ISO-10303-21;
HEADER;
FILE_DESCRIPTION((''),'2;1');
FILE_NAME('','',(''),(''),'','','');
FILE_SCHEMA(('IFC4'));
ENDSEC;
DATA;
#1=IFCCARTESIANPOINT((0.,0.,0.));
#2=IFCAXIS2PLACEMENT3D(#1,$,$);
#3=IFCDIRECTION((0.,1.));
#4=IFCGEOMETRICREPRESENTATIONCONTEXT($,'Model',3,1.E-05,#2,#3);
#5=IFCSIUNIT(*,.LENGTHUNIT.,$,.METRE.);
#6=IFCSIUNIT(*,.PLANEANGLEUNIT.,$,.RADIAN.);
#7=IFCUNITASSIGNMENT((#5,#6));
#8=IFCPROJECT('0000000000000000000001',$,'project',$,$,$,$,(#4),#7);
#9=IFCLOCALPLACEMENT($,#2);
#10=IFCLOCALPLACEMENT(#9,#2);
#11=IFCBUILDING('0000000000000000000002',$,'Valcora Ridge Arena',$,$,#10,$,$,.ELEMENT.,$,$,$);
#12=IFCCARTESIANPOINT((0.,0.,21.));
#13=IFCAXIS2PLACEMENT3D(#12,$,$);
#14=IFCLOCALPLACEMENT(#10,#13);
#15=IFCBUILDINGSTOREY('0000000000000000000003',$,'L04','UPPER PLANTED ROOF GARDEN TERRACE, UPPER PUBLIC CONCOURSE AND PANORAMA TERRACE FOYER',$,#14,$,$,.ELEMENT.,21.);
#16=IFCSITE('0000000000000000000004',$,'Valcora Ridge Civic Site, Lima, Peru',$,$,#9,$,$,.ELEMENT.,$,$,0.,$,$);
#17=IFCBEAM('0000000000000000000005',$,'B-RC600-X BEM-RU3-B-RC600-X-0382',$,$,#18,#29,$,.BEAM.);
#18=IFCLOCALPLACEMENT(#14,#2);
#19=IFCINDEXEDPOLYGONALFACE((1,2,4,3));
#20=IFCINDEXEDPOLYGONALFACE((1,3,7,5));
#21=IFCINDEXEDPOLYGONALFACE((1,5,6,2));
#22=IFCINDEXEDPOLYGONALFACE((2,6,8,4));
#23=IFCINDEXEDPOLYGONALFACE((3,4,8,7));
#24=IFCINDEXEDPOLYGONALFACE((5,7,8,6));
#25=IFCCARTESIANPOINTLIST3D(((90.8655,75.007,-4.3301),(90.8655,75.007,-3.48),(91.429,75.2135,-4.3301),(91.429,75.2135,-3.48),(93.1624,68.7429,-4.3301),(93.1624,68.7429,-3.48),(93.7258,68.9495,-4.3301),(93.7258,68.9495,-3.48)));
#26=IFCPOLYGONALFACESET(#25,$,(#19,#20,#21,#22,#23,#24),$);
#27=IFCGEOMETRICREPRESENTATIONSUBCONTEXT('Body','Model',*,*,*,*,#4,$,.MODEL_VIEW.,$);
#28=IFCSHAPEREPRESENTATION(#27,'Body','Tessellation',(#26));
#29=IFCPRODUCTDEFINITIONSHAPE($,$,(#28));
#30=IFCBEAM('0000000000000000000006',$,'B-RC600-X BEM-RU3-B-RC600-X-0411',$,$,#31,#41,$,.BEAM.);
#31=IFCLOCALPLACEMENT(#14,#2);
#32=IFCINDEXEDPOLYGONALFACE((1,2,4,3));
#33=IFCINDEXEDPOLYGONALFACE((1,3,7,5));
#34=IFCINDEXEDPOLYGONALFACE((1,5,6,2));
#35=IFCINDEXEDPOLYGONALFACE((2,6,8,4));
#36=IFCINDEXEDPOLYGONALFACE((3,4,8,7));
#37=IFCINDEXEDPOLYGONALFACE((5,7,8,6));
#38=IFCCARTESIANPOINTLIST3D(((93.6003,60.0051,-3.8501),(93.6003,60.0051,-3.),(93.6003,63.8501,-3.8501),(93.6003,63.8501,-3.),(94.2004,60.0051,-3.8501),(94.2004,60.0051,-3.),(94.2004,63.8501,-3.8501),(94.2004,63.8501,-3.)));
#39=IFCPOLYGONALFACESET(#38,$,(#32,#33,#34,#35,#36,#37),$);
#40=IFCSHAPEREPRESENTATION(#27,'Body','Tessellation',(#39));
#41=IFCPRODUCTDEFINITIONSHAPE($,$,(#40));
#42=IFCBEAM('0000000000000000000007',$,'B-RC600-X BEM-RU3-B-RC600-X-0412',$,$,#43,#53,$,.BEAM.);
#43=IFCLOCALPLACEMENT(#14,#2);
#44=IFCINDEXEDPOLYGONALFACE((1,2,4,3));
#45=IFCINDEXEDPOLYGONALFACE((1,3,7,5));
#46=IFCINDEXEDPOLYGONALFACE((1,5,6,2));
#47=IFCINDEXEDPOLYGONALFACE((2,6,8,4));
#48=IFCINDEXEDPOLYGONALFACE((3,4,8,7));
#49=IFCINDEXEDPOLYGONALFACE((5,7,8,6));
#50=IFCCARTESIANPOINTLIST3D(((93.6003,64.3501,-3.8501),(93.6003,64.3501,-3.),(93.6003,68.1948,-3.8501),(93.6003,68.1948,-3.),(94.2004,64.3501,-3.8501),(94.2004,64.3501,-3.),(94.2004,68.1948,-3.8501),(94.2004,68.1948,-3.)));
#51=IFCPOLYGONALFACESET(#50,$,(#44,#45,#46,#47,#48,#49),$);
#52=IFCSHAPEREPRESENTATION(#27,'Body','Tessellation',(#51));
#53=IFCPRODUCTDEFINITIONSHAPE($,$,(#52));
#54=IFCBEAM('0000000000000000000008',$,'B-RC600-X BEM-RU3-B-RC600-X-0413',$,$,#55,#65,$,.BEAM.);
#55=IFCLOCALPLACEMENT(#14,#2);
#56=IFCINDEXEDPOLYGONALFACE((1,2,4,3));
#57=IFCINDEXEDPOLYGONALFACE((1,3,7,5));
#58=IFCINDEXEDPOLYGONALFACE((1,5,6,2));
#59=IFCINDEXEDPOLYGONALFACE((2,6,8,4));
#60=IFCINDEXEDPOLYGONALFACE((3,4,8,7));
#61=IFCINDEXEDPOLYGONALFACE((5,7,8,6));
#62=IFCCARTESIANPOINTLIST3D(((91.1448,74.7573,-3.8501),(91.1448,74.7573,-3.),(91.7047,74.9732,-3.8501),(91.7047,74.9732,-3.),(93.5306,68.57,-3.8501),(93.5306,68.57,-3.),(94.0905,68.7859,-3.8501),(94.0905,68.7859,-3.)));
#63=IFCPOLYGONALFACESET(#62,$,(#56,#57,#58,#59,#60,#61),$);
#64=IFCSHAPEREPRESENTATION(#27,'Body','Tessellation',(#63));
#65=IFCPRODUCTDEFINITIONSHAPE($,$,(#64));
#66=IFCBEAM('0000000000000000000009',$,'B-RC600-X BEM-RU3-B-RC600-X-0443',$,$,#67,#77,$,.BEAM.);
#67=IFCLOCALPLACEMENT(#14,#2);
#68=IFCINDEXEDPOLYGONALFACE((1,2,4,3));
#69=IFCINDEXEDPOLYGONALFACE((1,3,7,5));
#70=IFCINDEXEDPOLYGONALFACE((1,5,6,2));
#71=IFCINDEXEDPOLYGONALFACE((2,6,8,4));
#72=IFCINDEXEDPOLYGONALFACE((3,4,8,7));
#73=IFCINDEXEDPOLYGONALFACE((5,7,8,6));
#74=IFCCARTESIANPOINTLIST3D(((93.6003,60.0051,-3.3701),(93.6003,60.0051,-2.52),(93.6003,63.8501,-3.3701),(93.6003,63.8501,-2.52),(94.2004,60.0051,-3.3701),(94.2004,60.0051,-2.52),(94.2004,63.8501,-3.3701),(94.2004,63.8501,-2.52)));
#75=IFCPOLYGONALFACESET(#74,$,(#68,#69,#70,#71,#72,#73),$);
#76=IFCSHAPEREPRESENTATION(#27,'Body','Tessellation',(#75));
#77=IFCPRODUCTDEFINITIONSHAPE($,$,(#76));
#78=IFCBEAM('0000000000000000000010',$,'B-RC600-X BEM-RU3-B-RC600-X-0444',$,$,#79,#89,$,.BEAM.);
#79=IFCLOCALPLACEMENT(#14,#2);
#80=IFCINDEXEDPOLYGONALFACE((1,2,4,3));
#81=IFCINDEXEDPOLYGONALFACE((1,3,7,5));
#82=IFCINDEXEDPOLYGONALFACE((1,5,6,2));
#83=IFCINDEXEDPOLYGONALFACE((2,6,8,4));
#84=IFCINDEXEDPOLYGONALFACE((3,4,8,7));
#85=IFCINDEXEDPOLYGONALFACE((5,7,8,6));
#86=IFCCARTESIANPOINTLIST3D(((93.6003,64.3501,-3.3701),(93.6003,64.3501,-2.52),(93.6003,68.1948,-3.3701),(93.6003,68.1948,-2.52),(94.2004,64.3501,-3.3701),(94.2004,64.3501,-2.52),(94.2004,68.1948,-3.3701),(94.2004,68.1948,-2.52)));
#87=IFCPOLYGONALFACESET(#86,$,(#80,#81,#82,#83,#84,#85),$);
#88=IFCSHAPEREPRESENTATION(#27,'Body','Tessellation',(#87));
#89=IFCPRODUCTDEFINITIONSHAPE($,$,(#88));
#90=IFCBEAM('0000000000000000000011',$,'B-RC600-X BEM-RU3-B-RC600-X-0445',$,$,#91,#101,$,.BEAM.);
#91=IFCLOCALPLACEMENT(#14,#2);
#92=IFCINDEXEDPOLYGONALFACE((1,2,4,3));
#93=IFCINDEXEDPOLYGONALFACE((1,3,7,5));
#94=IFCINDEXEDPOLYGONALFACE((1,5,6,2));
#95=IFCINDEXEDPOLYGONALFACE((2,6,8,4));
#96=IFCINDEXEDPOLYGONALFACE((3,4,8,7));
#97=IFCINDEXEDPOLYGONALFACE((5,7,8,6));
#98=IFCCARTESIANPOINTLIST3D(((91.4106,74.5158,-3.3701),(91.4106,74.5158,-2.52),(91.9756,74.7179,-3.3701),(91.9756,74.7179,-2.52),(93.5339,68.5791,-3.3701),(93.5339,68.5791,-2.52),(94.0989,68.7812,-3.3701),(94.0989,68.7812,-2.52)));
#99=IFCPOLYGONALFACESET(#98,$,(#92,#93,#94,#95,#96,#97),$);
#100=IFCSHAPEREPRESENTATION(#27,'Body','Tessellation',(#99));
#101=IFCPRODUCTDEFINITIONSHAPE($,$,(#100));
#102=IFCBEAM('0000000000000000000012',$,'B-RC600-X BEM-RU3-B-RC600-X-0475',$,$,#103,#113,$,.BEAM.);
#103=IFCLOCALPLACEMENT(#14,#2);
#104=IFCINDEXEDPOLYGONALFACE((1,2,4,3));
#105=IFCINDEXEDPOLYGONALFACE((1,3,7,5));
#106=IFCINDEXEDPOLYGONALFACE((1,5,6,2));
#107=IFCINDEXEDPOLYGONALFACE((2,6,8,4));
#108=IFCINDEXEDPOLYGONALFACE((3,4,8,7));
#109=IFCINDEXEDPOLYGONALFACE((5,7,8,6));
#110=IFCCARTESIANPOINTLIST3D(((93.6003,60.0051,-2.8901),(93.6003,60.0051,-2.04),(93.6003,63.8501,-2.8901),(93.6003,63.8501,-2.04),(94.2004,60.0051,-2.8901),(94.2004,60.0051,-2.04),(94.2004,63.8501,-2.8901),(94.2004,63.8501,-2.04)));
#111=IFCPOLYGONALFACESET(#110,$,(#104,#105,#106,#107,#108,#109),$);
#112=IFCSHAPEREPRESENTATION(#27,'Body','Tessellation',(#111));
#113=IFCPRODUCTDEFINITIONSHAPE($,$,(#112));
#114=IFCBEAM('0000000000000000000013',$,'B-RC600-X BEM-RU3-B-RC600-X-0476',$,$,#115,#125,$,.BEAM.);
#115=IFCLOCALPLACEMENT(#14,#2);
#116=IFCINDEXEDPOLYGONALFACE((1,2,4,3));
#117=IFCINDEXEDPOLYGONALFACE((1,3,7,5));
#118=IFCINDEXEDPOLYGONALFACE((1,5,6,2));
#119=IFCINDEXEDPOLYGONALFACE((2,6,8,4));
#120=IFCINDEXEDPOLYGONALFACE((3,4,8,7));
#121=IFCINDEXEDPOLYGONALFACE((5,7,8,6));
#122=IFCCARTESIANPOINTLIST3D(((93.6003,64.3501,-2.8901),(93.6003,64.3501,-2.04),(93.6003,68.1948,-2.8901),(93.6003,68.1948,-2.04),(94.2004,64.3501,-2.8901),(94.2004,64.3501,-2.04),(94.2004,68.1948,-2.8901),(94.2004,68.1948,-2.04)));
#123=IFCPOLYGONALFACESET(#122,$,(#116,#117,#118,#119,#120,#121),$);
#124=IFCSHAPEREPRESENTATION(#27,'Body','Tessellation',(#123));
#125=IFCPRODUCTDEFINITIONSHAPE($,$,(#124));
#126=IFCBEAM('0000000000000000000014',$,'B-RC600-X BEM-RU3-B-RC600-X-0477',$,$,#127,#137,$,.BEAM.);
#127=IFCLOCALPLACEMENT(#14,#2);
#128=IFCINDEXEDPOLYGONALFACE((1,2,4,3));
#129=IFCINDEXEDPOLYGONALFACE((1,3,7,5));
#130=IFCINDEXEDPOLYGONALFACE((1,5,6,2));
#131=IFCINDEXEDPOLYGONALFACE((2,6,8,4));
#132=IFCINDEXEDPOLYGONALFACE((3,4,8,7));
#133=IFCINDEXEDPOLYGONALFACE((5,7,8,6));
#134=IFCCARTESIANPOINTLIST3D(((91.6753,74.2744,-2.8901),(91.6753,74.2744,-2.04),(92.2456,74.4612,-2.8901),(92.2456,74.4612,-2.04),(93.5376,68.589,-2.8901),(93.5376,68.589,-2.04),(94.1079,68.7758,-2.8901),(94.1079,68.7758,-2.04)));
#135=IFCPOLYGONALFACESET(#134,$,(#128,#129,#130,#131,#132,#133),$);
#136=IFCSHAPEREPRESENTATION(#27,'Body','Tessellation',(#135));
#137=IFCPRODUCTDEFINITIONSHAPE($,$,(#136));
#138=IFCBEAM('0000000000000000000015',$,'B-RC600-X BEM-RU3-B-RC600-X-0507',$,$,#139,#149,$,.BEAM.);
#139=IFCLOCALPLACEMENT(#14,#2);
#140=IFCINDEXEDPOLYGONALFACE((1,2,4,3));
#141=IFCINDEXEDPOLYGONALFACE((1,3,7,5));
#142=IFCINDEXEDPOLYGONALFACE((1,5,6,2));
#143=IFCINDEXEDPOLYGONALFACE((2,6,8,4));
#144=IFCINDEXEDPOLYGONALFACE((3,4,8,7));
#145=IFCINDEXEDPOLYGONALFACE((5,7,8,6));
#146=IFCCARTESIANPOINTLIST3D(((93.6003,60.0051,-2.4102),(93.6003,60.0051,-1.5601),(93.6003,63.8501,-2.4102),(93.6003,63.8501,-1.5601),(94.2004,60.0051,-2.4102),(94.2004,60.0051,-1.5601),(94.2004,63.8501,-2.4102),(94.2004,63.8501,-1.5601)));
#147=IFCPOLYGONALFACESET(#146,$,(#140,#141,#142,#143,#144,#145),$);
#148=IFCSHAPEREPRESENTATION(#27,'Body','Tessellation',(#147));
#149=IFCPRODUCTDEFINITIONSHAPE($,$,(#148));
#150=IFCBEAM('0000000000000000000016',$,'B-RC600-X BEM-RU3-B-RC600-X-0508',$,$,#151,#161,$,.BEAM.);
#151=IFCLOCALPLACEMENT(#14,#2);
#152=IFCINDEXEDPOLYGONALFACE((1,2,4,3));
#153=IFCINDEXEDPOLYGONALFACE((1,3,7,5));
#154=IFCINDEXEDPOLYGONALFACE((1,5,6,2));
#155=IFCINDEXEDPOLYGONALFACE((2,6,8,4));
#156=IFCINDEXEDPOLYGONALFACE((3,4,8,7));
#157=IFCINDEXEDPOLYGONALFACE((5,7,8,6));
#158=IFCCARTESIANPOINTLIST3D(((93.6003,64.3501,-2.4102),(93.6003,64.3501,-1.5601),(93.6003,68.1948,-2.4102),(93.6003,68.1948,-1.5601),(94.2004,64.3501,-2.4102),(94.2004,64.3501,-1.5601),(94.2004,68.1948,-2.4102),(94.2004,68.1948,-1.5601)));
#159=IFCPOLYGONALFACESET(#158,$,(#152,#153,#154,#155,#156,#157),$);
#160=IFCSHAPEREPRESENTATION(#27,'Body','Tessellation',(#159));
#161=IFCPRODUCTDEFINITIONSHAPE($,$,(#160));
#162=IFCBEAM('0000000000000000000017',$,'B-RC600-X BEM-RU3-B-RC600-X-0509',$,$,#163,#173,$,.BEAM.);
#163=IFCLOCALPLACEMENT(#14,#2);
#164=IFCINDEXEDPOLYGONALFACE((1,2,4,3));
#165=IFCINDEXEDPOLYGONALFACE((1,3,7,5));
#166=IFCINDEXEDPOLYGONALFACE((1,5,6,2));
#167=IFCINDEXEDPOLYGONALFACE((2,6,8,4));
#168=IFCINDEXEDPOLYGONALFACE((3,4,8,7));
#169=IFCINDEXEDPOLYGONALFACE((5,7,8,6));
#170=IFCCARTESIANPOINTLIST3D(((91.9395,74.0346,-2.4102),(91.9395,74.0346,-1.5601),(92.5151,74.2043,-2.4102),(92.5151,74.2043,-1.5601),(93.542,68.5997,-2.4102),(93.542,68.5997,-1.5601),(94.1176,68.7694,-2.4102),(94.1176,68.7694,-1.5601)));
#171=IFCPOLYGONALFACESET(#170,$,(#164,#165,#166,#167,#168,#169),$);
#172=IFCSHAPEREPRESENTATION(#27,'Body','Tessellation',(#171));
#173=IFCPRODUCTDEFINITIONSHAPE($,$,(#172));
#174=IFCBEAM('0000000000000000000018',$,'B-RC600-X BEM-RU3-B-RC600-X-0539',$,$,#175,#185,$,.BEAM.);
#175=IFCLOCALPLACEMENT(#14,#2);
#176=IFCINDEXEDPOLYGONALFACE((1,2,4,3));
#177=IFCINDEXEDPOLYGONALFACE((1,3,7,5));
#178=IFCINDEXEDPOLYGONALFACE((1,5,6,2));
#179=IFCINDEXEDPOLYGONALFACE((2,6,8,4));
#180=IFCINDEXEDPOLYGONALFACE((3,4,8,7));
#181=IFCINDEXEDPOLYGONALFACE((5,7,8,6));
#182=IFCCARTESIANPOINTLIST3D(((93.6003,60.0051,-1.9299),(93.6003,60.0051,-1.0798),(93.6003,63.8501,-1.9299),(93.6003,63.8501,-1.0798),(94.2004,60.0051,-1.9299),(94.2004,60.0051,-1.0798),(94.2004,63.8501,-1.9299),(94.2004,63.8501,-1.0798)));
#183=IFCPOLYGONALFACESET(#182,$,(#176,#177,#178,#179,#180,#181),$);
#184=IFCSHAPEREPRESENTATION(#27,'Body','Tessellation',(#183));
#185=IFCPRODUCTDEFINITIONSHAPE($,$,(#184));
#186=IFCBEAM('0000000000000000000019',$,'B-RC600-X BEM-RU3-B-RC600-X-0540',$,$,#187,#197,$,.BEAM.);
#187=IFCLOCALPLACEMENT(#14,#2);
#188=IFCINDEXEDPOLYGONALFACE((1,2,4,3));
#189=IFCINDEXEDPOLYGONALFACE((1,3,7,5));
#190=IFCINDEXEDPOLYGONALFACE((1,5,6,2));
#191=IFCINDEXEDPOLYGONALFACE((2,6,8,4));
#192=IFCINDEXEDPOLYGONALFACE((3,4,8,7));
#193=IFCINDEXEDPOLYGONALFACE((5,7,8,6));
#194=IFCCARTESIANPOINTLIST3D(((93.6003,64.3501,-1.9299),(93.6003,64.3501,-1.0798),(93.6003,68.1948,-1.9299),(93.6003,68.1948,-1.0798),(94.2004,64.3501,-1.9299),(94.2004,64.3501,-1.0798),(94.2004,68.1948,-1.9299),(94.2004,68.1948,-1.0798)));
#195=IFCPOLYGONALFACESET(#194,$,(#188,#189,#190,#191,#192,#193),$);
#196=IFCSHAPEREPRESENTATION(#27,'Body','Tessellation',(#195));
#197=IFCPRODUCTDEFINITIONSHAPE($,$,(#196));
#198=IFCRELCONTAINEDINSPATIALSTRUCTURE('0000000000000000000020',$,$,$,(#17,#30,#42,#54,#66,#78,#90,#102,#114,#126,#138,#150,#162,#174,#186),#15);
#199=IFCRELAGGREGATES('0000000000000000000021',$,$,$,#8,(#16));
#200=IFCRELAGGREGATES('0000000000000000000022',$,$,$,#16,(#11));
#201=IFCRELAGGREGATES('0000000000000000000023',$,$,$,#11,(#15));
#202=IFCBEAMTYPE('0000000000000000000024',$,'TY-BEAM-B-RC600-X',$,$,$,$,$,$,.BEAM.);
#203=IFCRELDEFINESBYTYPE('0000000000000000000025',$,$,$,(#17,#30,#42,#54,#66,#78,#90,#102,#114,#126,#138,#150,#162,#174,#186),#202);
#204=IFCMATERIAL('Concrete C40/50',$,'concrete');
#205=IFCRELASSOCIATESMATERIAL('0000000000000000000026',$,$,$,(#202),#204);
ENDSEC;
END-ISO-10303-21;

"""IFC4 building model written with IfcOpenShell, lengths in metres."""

from ifc_helpers import new_model, si_unit, direction, frame, origin, origin_2d, place, context, subcontext, project, spatial, rectangle, extrude, material, material_profile, profile_set, type_object, element, save


model = new_model("IFC4")

# Units and contexts
model_context = context("Model", 3, precision=1e-05, world=origin(), true_north=direction((0.0, 1.0)))
body_context = subcontext(model_context, "Body", "Model", "MODEL_VIEW")
ifc_project = project(units=[si_unit("LENGTHUNIT", "METRE"), si_unit("PLANEANGLEUNIT", "RADIAN")], contexts=[model_context])

# Site, building, storey
site_placement = place(None, origin())
site = spatial("IfcSite", under=ifc_project, at=site_placement, Name="Valcora Ridge Civic Site, Lima, Peru", CompositionType="ELEMENT", RefElevation=0.0)
building_placement = place(site_placement, origin())
building = spatial("IfcBuilding", under=site, at=building_placement, Name="Valcora Ridge Arena", CompositionType="ELEMENT")
storey_placement = place(building_placement, frame((0.0, 0.0, 21.0)))
storey = spatial("IfcBuildingStorey", under=building, at=storey_placement, Name="L04", Description="UPPER PLANTED ROOF GARDEN TERRACE, UPPER PUBLIC CONCOURSE AND PANORAMA TERRACE FOYER", CompositionType="ELEMENT", Elevation=21.0)

# Beams
ifc_material_1 = material(Name="Concrete C40/50", Category="concrete")
ifc_material_profile_1 = material_profile(ifc_material_1, rectangle(XDim=0.6001, YDim=0.8501, at=origin_2d()), Name="RC 600x850")
ifc_profile_set_1 = profile_set([ifc_material_profile_1], Name="Concrete C40/50")
beam_type_1 = type_object("IfcBeamType", Name="TY-BEAM-B-RC600-X", PredefinedType="BEAM", material=ifc_profile_set_1)
beam_1_placement = place(storey_placement, frame((93.4441, 68.8462, -3.905), z_axis=(-0.344257, 0.938876, 0.0), x_axis=(-0.938876, -0.344257, 0.0)))
element("IfcBeam", 1, at=beam_1_placement, inside=storey, type_object=beam_type_1, Name="B-RC600-X BEM-RU3-B-RC600-X-0382", PredefinedType="BEAM", context=body_context, shape_type="SweptSolid", body=[
    extrude(rectangle(XDim=0.6001, YDim=0.8501, at=origin_2d()), origin(), (0.0, 0.0, 1.0), 6.6719),
])
beam_2_placement = place(storey_placement, frame((93.9004, 60.0051, -3.425), z_axis=(0.0, 1.0, 0.0), x_axis=(-1.0, 0.0, 0.0)))
element("IfcBeam", 2, at=beam_2_placement, inside=storey, type_object=beam_type_1, Name="B-RC600-X BEM-RU3-B-RC600-X-0411", PredefinedType="BEAM", context=body_context, shape_type="SweptSolid", body=[
    extrude(rectangle(XDim=0.6001, YDim=0.8501, at=origin_2d()), origin(), (0.0, 0.0, 1.0), 3.845),
])
beam_3_placement = place(storey_placement, frame((93.9004, 64.3501, -3.425), z_axis=(0.0, 1.0, 0.0), x_axis=(-1.0, 0.0, 0.0)))
element("IfcBeam", 3, at=beam_3_placement, inside=storey, type_object=beam_type_1, Name="B-RC600-X BEM-RU3-B-RC600-X-0412", PredefinedType="BEAM", context=body_context, shape_type="SweptSolid", body=[
    extrude(rectangle(XDim=0.6001, YDim=0.8501, at=origin_2d()), origin(), (0.0, 0.0, 1.0), 3.8447),
])
beam_4_placement = place(storey_placement, frame((93.8105, 68.678, -3.425), z_axis=(-0.359771, 0.933041, 0.0), x_axis=(-0.933041, -0.359771, 0.0)))
element("IfcBeam", 4, at=beam_4_placement, inside=storey, type_object=beam_type_1, Name="B-RC600-X BEM-RU3-B-RC600-X-0413", PredefinedType="BEAM", context=body_context, shape_type="SweptSolid", body=[
    extrude(rectangle(XDim=0.6001, YDim=0.8501, at=origin_2d()), origin(), (0.0, 0.0, 1.0), 6.6313),
])
beam_5_placement = place(storey_placement, frame((93.9004, 60.0051, -2.9451), z_axis=(0.0, 1.0, 0.0), x_axis=(-1.0, 0.0, 0.0)))
element("IfcBeam", 5, at=beam_5_placement, inside=storey, type_object=beam_type_1, Name="B-RC600-X BEM-RU3-B-RC600-X-0443", PredefinedType="BEAM", context=body_context, shape_type="SweptSolid", body=[
    extrude(rectangle(XDim=0.6001, YDim=0.8501, at=origin_2d()), origin(), (0.0, 0.0, 1.0), 3.845),
])
beam_6_placement = place(storey_placement, frame((93.9004, 64.3501, -2.9451), z_axis=(0.0, 1.0, 0.0), x_axis=(-1.0, 0.0, 0.0)))
element("IfcBeam", 6, at=beam_6_placement, inside=storey, type_object=beam_type_1, Name="B-RC600-X BEM-RU3-B-RC600-X-0444", PredefinedType="BEAM", context=body_context, shape_type="SweptSolid", body=[
    extrude(rectangle(XDim=0.6001, YDim=0.8501, at=origin_2d()), origin(), (0.0, 0.0, 1.0), 3.8447),
])
beam_7_placement = place(storey_placement, frame((93.8164, 68.6802, -2.9451), z_axis=(-0.336773, 0.941586, 0.0), x_axis=(-0.941586, -0.336773, 0.0)))
element("IfcBeam", 7, at=beam_7_placement, inside=storey, type_object=beam_type_1, Name="B-RC600-X BEM-RU3-B-RC600-X-0445", PredefinedType="BEAM", context=body_context, shape_type="SweptSolid", body=[
    extrude(rectangle(XDim=0.6001, YDim=0.8501, at=origin_2d()), origin(), (0.0, 0.0, 1.0), 6.3049),
])
beam_8_placement = place(storey_placement, frame((93.9004, 60.0051, -2.4651), z_axis=(0.0, 1.0, 0.0), x_axis=(-1.0, 0.0, 0.0)))
element("IfcBeam", 8, at=beam_8_placement, inside=storey, type_object=beam_type_1, Name="B-RC600-X BEM-RU3-B-RC600-X-0475", PredefinedType="BEAM", context=body_context, shape_type="SweptSolid", body=[
    extrude(rectangle(XDim=0.6001, YDim=0.8501, at=origin_2d()), origin(), (0.0, 0.0, 1.0), 3.845),
])
beam_9_placement = place(storey_placement, frame((93.9004, 64.3501, -2.4651), z_axis=(0.0, 1.0, 0.0), x_axis=(-1.0, 0.0, 0.0)))
element("IfcBeam", 9, at=beam_9_placement, inside=storey, type_object=beam_type_1, Name="B-RC600-X BEM-RU3-B-RC600-X-0476", PredefinedType="BEAM", context=body_context, shape_type="SweptSolid", body=[
    extrude(rectangle(XDim=0.6001, YDim=0.8501, at=origin_2d()), origin(), (0.0, 0.0, 1.0), 3.8447),
])
beam_10_placement = place(storey_placement, frame((93.8228, 68.6824, -2.4651), z_axis=(-0.311278, 0.950319, 0.0), x_axis=(-0.950319, -0.311278, 0.0)))
element("IfcBeam", 10, at=beam_10_placement, inside=storey, type_object=beam_type_1, Name="B-RC600-X BEM-RU3-B-RC600-X-0477", PredefinedType="BEAM", context=body_context, shape_type="SweptSolid", body=[
    extrude(rectangle(XDim=0.6001, YDim=0.8501, at=origin_2d()), origin(), (0.0, 0.0, 1.0), 5.9827),
])
beam_11_placement = place(storey_placement, frame((93.9004, 60.0051, -1.9851), z_axis=(0.0, 1.0, 0.0), x_axis=(-1.0, 0.0, 0.0)))
element("IfcBeam", 11, at=beam_11_placement, inside=storey, type_object=beam_type_1, Name="B-RC600-X BEM-RU3-B-RC600-X-0507", PredefinedType="BEAM", context=body_context, shape_type="SweptSolid", body=[
    extrude(rectangle(XDim=0.6001, YDim=0.8501, at=origin_2d()), origin(), (0.0, 0.0, 1.0), 3.845),
])
beam_12_placement = place(storey_placement, frame((93.9004, 64.3501, -1.9851), z_axis=(0.0, 1.0, 0.0), x_axis=(-1.0, 0.0, 0.0)))
element("IfcBeam", 12, at=beam_12_placement, inside=storey, type_object=beam_type_1, Name="B-RC600-X BEM-RU3-B-RC600-X-0508", PredefinedType="BEAM", context=body_context, shape_type="SweptSolid", body=[
    extrude(rectangle(XDim=0.6001, YDim=0.8501, at=origin_2d()), origin(), (0.0, 0.0, 1.0), 3.8447),
])
beam_13_placement = place(storey_placement, frame((93.8298, 68.6846, -1.9851), z_axis=(-0.282826, 0.959171, 0.0), x_axis=(-0.959171, -0.282826, 0.0)))
element("IfcBeam", 13, at=beam_13_placement, inside=storey, type_object=beam_type_1, Name="B-RC600-X BEM-RU3-B-RC600-X-0509", PredefinedType="BEAM", context=body_context, shape_type="SweptSolid", body=[
    extrude(rectangle(XDim=0.6001, YDim=0.8501, at=origin_2d()), origin(), (0.0, 0.0, 1.0), 5.6663),
])
beam_14_placement = place(storey_placement, frame((93.9004, 60.0051, -1.5049), z_axis=(0.0, 1.0, 0.0), x_axis=(-1.0, 0.0, 0.0)))
element("IfcBeam", 14, at=beam_14_placement, inside=storey, type_object=beam_type_1, Name="B-RC600-X BEM-RU3-B-RC600-X-0539", PredefinedType="BEAM", context=body_context, shape_type="SweptSolid", body=[
    extrude(rectangle(XDim=0.6001, YDim=0.8501, at=origin_2d()), origin(), (0.0, 0.0, 1.0), 3.845),
])
beam_15_placement = place(storey_placement, frame((93.9004, 64.3501, -1.5049), z_axis=(0.0, 1.0, 0.0), x_axis=(-1.0, 0.0, 0.0)))
element("IfcBeam", 15, at=beam_15_placement, inside=storey, type_object=beam_type_1, Name="B-RC600-X BEM-RU3-B-RC600-X-0540", PredefinedType="BEAM", context=body_context, shape_type="SweptSolid", body=[
    extrude(rectangle(XDim=0.6001, YDim=0.8501, at=origin_2d()), origin(), (0.0, 0.0, 1.0), 3.8447),
])

save(model, "model.ifc")
